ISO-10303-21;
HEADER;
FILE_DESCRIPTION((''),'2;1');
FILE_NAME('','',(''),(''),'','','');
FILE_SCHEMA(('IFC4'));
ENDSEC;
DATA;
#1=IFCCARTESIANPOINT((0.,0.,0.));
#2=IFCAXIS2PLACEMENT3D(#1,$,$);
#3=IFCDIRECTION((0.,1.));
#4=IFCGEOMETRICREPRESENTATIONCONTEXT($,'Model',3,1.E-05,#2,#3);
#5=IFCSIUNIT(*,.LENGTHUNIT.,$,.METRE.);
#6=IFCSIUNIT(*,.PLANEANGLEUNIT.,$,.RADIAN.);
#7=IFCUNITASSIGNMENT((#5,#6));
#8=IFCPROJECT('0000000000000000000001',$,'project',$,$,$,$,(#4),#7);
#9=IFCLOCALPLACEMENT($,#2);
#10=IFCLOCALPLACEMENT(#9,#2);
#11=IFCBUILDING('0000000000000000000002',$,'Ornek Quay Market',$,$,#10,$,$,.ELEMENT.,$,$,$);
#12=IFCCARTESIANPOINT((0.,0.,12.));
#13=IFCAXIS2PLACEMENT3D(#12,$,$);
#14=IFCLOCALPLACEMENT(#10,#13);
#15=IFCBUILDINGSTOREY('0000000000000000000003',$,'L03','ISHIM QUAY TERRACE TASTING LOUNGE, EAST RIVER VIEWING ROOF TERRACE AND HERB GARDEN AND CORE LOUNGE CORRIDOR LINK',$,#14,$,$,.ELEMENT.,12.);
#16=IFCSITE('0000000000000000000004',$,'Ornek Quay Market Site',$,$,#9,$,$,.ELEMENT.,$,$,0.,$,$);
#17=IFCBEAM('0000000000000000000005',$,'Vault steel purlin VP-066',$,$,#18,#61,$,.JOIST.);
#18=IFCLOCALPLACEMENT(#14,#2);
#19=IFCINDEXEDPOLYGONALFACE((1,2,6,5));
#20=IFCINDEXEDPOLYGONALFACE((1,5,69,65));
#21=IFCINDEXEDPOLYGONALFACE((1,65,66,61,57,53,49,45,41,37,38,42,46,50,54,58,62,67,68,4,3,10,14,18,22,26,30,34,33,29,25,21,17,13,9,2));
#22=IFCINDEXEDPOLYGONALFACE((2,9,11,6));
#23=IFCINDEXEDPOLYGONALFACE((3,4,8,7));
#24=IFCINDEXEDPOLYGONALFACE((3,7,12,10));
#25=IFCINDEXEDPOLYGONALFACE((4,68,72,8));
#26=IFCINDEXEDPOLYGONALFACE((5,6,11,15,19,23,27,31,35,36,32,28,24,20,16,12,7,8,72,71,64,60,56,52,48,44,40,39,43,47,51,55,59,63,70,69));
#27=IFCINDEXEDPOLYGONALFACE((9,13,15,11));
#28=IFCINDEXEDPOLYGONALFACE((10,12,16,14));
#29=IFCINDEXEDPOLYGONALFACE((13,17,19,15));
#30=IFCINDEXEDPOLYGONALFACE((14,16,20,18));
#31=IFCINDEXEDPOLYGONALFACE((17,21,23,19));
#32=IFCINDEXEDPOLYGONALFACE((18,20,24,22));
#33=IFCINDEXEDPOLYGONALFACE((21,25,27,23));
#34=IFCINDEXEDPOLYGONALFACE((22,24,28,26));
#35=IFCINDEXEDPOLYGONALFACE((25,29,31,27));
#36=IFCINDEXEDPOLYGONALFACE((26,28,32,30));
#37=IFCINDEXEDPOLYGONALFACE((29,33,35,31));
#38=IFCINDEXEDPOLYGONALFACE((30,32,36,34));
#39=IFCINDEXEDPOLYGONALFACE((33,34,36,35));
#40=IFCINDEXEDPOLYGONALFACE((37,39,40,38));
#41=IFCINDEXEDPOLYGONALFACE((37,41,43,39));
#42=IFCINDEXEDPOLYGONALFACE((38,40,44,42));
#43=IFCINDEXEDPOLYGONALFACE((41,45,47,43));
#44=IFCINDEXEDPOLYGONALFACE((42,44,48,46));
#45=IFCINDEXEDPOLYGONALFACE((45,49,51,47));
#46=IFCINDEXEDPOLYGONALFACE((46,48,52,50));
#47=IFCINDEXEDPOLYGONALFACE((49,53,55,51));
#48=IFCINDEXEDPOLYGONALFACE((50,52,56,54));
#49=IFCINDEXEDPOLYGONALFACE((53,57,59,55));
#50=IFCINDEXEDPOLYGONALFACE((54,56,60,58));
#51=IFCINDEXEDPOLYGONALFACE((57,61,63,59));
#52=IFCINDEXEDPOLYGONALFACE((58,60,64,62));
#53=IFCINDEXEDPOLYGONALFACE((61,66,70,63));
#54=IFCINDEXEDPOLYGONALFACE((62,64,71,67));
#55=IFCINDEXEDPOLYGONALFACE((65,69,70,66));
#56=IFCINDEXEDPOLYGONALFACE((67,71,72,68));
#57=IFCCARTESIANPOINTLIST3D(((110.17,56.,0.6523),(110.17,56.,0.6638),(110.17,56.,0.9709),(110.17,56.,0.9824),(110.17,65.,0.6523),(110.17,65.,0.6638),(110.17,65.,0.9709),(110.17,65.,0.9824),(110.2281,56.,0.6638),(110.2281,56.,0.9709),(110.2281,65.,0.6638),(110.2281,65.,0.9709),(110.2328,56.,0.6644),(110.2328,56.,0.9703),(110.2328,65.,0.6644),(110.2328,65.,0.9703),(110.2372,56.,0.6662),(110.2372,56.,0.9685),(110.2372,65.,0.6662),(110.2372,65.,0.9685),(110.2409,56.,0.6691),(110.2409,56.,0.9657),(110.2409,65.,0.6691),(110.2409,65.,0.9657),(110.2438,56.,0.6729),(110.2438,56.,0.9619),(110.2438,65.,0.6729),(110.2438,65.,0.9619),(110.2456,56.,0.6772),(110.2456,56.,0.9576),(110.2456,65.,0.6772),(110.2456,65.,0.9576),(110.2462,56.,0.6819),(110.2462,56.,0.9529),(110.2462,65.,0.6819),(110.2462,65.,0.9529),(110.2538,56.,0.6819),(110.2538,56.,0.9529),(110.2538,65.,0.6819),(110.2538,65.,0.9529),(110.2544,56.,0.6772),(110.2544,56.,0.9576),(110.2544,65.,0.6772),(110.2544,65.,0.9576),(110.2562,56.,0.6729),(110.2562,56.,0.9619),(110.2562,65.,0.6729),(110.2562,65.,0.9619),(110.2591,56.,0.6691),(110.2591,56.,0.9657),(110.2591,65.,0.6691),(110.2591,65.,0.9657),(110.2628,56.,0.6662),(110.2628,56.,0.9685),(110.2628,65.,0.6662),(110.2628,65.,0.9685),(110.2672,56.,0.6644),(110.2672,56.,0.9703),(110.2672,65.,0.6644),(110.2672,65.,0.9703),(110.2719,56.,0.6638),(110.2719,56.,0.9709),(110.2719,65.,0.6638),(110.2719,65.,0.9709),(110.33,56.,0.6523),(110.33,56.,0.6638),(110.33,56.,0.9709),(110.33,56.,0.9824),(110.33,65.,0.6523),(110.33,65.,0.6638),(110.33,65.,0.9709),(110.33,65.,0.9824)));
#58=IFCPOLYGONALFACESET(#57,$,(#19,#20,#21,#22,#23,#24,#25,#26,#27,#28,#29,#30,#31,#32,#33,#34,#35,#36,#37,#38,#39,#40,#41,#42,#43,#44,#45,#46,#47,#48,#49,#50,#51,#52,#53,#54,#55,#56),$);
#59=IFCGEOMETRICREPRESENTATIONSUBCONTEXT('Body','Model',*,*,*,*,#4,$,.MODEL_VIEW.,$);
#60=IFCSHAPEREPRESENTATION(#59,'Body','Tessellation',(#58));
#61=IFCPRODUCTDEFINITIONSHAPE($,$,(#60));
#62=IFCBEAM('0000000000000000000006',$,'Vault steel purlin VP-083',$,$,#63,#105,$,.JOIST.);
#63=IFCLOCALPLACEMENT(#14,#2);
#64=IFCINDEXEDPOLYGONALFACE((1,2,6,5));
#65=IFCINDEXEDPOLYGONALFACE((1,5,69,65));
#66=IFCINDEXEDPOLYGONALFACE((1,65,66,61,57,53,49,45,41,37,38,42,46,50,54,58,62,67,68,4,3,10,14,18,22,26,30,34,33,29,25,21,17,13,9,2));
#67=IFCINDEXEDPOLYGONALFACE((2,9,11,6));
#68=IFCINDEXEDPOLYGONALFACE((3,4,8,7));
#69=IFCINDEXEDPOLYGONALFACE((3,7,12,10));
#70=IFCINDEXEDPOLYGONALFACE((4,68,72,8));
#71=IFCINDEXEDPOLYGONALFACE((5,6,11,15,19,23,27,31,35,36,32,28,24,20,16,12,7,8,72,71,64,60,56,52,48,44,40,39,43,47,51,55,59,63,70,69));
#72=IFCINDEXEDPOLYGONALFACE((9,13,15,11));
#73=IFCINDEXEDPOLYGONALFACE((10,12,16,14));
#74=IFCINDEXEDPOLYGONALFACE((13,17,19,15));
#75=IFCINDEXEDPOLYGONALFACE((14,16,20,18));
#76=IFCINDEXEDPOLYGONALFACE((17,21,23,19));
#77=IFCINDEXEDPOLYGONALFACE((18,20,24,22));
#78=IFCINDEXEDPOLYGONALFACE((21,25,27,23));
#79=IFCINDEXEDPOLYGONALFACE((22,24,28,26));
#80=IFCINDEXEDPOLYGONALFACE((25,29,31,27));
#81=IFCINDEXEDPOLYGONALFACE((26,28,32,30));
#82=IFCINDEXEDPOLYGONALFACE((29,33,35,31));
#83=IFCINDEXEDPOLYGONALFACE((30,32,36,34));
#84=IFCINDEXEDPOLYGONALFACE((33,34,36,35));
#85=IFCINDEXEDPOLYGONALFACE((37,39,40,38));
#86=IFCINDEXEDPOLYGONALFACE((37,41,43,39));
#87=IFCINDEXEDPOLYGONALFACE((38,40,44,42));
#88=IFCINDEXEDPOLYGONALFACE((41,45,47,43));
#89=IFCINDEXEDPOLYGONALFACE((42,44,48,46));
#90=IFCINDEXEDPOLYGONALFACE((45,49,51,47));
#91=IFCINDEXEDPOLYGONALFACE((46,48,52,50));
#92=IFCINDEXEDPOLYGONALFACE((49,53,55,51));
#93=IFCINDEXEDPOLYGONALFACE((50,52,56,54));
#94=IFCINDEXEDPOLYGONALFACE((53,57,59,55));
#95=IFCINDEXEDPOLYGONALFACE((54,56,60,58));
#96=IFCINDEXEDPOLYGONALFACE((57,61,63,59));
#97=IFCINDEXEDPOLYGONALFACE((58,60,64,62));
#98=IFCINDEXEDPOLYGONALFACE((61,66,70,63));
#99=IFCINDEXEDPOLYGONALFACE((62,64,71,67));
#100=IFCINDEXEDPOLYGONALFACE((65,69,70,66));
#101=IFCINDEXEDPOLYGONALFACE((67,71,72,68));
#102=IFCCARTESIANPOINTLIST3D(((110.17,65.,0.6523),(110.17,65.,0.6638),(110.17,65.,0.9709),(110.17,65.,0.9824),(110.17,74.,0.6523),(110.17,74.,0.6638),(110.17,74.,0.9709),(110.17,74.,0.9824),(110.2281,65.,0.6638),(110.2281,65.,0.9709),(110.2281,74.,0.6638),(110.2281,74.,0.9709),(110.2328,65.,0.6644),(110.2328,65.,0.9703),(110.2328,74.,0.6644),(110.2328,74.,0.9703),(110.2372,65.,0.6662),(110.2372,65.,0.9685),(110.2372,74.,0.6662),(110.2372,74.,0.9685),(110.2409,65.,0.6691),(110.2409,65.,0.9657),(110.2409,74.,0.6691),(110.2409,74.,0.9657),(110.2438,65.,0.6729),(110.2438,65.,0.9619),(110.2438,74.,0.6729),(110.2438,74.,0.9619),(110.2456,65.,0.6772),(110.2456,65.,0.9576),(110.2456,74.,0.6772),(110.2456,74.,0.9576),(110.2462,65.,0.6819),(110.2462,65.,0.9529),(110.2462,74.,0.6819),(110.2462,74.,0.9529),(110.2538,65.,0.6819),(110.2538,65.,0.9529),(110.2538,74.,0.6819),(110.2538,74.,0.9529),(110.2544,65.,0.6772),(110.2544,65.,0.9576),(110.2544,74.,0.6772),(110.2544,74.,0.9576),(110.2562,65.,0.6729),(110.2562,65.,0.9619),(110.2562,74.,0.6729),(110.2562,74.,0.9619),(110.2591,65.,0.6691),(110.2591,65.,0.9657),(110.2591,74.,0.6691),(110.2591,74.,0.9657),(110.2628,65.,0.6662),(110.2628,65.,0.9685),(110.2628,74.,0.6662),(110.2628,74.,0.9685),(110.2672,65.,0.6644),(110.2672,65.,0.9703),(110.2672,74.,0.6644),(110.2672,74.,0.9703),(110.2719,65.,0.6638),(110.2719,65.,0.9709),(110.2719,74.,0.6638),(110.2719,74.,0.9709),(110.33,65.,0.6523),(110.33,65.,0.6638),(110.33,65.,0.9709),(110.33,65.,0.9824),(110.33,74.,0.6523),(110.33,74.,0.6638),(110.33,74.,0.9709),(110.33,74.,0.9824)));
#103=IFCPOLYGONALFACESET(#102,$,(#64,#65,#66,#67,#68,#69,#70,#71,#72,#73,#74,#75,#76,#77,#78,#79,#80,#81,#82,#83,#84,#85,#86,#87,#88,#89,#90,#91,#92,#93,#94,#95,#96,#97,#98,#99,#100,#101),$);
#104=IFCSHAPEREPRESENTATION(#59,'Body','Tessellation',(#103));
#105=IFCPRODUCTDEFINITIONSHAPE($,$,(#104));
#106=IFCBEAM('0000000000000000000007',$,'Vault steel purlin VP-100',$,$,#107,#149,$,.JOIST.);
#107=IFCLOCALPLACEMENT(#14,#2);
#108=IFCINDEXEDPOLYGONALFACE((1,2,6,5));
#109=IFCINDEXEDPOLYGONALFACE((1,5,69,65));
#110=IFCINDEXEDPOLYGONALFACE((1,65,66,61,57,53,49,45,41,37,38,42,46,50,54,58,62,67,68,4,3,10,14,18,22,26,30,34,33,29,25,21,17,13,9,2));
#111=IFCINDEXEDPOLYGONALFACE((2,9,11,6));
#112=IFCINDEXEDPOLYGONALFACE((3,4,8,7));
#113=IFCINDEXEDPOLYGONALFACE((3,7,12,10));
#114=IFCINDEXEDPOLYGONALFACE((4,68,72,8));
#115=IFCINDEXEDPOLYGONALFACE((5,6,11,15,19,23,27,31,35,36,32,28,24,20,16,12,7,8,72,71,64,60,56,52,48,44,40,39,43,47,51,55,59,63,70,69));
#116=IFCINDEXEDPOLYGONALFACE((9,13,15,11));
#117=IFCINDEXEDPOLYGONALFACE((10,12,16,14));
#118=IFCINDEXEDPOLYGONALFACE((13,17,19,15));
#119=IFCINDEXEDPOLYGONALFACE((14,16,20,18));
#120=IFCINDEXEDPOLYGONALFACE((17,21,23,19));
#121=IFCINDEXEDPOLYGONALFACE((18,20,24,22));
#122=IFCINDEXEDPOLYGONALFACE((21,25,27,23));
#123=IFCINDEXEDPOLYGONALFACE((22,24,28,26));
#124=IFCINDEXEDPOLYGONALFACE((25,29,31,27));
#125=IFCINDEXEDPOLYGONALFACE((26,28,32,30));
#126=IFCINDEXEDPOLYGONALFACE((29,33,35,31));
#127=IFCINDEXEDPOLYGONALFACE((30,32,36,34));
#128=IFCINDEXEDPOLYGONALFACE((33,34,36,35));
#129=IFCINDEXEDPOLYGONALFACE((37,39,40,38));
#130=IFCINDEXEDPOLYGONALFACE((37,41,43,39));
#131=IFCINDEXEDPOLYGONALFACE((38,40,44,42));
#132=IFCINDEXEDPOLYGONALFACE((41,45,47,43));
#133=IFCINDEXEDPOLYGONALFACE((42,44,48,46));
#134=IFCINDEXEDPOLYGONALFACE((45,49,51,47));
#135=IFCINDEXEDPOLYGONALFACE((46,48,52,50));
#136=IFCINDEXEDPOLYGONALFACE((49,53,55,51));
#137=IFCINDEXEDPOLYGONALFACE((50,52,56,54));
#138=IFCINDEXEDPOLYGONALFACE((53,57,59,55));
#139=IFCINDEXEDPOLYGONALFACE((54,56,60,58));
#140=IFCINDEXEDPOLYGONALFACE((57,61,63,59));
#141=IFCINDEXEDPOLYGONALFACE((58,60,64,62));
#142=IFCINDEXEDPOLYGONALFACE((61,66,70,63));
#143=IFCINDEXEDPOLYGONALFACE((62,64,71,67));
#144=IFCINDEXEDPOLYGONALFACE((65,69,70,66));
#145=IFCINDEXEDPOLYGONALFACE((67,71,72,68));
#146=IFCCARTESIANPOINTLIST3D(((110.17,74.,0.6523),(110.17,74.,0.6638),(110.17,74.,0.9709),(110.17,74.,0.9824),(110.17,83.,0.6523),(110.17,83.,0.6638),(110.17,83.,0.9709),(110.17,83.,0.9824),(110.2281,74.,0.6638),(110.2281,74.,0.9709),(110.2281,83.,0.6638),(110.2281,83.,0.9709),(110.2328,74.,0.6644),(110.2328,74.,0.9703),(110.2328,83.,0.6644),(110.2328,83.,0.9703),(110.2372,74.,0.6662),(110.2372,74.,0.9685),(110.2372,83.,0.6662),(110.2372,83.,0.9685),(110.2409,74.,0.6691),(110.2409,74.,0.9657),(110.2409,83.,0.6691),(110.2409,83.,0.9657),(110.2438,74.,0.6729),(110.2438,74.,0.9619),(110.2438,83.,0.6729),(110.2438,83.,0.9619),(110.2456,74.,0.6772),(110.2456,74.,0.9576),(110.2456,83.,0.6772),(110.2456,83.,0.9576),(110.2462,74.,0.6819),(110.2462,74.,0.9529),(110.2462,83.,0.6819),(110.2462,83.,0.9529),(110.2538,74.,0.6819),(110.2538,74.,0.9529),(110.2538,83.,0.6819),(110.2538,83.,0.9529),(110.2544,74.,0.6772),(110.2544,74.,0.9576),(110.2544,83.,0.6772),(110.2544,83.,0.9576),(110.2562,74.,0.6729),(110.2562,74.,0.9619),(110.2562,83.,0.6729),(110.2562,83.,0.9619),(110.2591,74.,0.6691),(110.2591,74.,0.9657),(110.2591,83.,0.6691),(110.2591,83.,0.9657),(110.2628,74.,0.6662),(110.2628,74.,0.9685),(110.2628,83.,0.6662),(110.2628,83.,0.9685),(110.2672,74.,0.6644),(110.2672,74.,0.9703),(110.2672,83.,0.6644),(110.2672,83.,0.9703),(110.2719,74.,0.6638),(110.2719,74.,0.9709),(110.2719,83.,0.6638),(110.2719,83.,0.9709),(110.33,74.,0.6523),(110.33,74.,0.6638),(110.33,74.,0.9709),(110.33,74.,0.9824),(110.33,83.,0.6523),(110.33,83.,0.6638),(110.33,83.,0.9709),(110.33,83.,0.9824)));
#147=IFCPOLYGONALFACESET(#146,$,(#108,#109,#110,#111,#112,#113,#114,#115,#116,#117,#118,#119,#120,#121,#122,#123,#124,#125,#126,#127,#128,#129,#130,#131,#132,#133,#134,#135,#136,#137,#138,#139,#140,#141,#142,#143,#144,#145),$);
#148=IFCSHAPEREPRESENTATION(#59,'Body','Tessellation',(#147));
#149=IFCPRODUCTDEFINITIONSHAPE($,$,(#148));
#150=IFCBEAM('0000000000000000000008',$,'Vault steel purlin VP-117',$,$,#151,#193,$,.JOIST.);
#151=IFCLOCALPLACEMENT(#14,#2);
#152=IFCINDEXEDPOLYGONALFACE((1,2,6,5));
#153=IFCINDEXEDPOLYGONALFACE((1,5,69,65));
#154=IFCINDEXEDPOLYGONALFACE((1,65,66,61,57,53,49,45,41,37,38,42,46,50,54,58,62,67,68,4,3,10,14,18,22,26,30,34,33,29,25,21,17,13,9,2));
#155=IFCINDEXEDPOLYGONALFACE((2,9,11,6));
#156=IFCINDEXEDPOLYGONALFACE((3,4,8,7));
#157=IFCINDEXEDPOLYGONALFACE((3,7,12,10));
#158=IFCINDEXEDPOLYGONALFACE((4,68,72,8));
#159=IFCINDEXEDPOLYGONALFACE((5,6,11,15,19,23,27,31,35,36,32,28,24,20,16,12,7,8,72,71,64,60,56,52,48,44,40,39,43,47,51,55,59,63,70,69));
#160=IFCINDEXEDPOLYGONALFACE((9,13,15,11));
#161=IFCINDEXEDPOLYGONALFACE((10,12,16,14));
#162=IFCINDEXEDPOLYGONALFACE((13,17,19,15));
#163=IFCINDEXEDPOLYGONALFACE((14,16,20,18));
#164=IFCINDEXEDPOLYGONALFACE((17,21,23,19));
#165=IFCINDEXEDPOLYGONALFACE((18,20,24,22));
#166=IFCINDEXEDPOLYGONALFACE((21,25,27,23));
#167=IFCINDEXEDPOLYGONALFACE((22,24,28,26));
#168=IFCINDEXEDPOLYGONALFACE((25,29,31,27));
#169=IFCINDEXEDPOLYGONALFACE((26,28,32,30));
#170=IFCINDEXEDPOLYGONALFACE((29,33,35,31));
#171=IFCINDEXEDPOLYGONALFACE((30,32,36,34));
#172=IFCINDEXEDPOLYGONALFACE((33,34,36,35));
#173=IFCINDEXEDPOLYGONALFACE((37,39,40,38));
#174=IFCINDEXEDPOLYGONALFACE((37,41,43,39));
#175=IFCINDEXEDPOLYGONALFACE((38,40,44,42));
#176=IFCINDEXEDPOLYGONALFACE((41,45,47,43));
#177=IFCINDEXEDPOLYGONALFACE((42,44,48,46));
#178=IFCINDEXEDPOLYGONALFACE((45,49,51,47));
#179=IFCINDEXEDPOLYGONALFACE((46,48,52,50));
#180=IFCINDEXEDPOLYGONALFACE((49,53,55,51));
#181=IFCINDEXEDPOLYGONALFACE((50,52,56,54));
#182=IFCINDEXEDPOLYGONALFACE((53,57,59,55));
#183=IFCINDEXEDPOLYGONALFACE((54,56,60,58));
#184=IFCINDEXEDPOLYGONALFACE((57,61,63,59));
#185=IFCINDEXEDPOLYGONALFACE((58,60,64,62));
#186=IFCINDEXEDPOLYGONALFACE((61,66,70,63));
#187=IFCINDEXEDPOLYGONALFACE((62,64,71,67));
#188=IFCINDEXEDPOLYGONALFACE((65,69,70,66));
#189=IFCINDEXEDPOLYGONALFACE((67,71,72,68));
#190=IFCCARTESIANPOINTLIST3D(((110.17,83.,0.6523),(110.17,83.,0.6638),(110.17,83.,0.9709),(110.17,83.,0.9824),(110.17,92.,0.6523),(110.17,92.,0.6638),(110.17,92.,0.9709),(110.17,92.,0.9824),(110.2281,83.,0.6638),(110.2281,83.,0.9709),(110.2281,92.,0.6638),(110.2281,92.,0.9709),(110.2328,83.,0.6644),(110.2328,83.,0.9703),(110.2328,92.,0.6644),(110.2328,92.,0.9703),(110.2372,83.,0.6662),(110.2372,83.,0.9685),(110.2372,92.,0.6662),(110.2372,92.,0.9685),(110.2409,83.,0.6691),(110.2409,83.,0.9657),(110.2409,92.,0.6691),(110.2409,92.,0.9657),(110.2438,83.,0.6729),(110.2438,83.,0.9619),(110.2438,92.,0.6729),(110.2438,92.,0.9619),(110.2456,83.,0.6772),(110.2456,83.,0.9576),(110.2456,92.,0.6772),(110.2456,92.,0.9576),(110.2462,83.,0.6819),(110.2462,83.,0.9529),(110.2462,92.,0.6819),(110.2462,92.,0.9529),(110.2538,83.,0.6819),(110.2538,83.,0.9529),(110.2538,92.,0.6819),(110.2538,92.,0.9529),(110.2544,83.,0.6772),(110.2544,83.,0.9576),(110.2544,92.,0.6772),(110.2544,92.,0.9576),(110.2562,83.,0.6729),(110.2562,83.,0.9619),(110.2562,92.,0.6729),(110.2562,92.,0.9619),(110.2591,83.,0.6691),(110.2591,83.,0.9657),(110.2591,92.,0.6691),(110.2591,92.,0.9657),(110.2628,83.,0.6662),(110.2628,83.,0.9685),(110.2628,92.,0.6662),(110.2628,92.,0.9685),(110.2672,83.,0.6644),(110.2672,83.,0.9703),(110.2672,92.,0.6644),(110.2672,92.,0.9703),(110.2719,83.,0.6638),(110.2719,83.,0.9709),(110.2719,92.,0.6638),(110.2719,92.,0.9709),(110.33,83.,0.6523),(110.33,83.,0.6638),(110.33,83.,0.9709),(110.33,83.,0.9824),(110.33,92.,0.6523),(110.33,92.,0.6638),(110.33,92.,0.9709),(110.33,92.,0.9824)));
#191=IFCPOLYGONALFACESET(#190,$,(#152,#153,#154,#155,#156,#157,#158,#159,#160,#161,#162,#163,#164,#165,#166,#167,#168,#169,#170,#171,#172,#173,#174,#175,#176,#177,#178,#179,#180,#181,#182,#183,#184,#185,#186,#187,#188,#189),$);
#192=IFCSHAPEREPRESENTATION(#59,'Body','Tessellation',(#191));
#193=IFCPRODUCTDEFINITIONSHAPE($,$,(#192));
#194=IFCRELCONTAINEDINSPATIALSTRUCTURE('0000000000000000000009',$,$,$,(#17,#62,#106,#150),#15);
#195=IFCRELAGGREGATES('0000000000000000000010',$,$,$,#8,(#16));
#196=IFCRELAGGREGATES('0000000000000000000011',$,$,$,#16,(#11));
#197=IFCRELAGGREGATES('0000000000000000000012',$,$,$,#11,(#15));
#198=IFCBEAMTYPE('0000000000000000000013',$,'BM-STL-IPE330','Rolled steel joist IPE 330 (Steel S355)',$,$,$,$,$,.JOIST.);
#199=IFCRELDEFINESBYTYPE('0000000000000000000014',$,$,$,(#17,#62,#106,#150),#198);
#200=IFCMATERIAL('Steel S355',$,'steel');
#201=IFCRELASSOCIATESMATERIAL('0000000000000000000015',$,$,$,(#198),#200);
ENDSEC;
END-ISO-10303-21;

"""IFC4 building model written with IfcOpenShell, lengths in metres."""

from ifc_helpers import new_model, si_unit, direction, frame, origin, origin_2d, place, context, subcontext, project, spatial, i_section, extrude, material, material_profile, profile_set, type_object, element, save


model = new_model("IFC4")

# Units and contexts
model_context = context("Model", 3, precision=1e-05, world=origin(), true_north=direction((0.0, 1.0)))
body_context = subcontext(model_context, "Body", "Model", "MODEL_VIEW")
ifc_project = project(units=[si_unit("LENGTHUNIT", "METRE"), si_unit("PLANEANGLEUNIT", "RADIAN")], contexts=[model_context])

# Site, building, storey
site_placement = place(None, origin())
site = spatial("IfcSite", under=ifc_project, at=site_placement, Name="Ornek Quay Market Site", CompositionType="ELEMENT", RefElevation=0.0)
building_placement = place(site_placement, origin())
building = spatial("IfcBuilding", under=site, at=building_placement, Name="Ornek Quay Market", CompositionType="ELEMENT")
storey_placement = place(building_placement, frame((0.0, 0.0, 12.0)))
storey = spatial("IfcBuildingStorey", under=building, at=storey_placement, Name="L03", Description="ISHIM QUAY TERRACE TASTING LOUNGE, EAST RIVER VIEWING ROOF TERRACE AND HERB GARDEN AND CORE LOUNGE CORRIDOR LINK", CompositionType="ELEMENT", Elevation=12.0)

# Beams
ifc_material_1 = material(Name="Steel S355", Category="steel")
ifc_material_profile_1 = material_profile(ifc_material_1, i_section(OverallWidth=0.1599, OverallDepth=0.3301, WebThickness=0.0076, FlangeThickness=0.0115, FilletRadius=0.0181, at=origin_2d()), Name="IPE 330", Category="steel")
ifc_profile_set_1 = profile_set([ifc_material_profile_1], Name="Steel S355")
beam_type_1 = type_object("IfcBeamType", Name="BM-STL-IPE330", Description="Rolled steel joist IPE 330 (Steel S355)", PredefinedType="JOIST", material=ifc_profile_set_1)
for number, where, z_axis, x_axis, name in (
    (1, (110.25, 56.0, 0.8174), (0.0, 1.0, 0.0), (-1.0, 0.0, 0.0), "Vault steel purlin VP-066"),
    (2, (110.25, 65.0, 0.8174), (0.0, 1.0, 0.0), (-1.0, 0.0, 0.0), "Vault steel purlin VP-083"),
    (3, (110.25, 74.0, 0.8174), (0.0, 1.0, 0.0), (-1.0, 0.0, 0.0), "Vault steel purlin VP-100"),
    (4, (110.25, 83.0, 0.8174), (0.0, 1.0, 0.0), (-1.0, 0.0, 0.0), "Vault steel purlin VP-117"),
):
    element("IfcBeam", number, at=place(storey_placement, frame(where, z_axis=z_axis, x_axis=x_axis)), inside=storey, type_object=beam_type_1, Name=name, PredefinedType="JOIST", context=body_context, shape_type="SweptSolid", body=[
        extrude(i_section(OverallWidth=0.1599, OverallDepth=0.3301, WebThickness=0.0076, FlangeThickness=0.0115, FilletRadius=0.0181, at=origin_2d()), origin(), (0.0, 0.0, 1.0), 9.0),
    ])

save(model, "model.ifc")
